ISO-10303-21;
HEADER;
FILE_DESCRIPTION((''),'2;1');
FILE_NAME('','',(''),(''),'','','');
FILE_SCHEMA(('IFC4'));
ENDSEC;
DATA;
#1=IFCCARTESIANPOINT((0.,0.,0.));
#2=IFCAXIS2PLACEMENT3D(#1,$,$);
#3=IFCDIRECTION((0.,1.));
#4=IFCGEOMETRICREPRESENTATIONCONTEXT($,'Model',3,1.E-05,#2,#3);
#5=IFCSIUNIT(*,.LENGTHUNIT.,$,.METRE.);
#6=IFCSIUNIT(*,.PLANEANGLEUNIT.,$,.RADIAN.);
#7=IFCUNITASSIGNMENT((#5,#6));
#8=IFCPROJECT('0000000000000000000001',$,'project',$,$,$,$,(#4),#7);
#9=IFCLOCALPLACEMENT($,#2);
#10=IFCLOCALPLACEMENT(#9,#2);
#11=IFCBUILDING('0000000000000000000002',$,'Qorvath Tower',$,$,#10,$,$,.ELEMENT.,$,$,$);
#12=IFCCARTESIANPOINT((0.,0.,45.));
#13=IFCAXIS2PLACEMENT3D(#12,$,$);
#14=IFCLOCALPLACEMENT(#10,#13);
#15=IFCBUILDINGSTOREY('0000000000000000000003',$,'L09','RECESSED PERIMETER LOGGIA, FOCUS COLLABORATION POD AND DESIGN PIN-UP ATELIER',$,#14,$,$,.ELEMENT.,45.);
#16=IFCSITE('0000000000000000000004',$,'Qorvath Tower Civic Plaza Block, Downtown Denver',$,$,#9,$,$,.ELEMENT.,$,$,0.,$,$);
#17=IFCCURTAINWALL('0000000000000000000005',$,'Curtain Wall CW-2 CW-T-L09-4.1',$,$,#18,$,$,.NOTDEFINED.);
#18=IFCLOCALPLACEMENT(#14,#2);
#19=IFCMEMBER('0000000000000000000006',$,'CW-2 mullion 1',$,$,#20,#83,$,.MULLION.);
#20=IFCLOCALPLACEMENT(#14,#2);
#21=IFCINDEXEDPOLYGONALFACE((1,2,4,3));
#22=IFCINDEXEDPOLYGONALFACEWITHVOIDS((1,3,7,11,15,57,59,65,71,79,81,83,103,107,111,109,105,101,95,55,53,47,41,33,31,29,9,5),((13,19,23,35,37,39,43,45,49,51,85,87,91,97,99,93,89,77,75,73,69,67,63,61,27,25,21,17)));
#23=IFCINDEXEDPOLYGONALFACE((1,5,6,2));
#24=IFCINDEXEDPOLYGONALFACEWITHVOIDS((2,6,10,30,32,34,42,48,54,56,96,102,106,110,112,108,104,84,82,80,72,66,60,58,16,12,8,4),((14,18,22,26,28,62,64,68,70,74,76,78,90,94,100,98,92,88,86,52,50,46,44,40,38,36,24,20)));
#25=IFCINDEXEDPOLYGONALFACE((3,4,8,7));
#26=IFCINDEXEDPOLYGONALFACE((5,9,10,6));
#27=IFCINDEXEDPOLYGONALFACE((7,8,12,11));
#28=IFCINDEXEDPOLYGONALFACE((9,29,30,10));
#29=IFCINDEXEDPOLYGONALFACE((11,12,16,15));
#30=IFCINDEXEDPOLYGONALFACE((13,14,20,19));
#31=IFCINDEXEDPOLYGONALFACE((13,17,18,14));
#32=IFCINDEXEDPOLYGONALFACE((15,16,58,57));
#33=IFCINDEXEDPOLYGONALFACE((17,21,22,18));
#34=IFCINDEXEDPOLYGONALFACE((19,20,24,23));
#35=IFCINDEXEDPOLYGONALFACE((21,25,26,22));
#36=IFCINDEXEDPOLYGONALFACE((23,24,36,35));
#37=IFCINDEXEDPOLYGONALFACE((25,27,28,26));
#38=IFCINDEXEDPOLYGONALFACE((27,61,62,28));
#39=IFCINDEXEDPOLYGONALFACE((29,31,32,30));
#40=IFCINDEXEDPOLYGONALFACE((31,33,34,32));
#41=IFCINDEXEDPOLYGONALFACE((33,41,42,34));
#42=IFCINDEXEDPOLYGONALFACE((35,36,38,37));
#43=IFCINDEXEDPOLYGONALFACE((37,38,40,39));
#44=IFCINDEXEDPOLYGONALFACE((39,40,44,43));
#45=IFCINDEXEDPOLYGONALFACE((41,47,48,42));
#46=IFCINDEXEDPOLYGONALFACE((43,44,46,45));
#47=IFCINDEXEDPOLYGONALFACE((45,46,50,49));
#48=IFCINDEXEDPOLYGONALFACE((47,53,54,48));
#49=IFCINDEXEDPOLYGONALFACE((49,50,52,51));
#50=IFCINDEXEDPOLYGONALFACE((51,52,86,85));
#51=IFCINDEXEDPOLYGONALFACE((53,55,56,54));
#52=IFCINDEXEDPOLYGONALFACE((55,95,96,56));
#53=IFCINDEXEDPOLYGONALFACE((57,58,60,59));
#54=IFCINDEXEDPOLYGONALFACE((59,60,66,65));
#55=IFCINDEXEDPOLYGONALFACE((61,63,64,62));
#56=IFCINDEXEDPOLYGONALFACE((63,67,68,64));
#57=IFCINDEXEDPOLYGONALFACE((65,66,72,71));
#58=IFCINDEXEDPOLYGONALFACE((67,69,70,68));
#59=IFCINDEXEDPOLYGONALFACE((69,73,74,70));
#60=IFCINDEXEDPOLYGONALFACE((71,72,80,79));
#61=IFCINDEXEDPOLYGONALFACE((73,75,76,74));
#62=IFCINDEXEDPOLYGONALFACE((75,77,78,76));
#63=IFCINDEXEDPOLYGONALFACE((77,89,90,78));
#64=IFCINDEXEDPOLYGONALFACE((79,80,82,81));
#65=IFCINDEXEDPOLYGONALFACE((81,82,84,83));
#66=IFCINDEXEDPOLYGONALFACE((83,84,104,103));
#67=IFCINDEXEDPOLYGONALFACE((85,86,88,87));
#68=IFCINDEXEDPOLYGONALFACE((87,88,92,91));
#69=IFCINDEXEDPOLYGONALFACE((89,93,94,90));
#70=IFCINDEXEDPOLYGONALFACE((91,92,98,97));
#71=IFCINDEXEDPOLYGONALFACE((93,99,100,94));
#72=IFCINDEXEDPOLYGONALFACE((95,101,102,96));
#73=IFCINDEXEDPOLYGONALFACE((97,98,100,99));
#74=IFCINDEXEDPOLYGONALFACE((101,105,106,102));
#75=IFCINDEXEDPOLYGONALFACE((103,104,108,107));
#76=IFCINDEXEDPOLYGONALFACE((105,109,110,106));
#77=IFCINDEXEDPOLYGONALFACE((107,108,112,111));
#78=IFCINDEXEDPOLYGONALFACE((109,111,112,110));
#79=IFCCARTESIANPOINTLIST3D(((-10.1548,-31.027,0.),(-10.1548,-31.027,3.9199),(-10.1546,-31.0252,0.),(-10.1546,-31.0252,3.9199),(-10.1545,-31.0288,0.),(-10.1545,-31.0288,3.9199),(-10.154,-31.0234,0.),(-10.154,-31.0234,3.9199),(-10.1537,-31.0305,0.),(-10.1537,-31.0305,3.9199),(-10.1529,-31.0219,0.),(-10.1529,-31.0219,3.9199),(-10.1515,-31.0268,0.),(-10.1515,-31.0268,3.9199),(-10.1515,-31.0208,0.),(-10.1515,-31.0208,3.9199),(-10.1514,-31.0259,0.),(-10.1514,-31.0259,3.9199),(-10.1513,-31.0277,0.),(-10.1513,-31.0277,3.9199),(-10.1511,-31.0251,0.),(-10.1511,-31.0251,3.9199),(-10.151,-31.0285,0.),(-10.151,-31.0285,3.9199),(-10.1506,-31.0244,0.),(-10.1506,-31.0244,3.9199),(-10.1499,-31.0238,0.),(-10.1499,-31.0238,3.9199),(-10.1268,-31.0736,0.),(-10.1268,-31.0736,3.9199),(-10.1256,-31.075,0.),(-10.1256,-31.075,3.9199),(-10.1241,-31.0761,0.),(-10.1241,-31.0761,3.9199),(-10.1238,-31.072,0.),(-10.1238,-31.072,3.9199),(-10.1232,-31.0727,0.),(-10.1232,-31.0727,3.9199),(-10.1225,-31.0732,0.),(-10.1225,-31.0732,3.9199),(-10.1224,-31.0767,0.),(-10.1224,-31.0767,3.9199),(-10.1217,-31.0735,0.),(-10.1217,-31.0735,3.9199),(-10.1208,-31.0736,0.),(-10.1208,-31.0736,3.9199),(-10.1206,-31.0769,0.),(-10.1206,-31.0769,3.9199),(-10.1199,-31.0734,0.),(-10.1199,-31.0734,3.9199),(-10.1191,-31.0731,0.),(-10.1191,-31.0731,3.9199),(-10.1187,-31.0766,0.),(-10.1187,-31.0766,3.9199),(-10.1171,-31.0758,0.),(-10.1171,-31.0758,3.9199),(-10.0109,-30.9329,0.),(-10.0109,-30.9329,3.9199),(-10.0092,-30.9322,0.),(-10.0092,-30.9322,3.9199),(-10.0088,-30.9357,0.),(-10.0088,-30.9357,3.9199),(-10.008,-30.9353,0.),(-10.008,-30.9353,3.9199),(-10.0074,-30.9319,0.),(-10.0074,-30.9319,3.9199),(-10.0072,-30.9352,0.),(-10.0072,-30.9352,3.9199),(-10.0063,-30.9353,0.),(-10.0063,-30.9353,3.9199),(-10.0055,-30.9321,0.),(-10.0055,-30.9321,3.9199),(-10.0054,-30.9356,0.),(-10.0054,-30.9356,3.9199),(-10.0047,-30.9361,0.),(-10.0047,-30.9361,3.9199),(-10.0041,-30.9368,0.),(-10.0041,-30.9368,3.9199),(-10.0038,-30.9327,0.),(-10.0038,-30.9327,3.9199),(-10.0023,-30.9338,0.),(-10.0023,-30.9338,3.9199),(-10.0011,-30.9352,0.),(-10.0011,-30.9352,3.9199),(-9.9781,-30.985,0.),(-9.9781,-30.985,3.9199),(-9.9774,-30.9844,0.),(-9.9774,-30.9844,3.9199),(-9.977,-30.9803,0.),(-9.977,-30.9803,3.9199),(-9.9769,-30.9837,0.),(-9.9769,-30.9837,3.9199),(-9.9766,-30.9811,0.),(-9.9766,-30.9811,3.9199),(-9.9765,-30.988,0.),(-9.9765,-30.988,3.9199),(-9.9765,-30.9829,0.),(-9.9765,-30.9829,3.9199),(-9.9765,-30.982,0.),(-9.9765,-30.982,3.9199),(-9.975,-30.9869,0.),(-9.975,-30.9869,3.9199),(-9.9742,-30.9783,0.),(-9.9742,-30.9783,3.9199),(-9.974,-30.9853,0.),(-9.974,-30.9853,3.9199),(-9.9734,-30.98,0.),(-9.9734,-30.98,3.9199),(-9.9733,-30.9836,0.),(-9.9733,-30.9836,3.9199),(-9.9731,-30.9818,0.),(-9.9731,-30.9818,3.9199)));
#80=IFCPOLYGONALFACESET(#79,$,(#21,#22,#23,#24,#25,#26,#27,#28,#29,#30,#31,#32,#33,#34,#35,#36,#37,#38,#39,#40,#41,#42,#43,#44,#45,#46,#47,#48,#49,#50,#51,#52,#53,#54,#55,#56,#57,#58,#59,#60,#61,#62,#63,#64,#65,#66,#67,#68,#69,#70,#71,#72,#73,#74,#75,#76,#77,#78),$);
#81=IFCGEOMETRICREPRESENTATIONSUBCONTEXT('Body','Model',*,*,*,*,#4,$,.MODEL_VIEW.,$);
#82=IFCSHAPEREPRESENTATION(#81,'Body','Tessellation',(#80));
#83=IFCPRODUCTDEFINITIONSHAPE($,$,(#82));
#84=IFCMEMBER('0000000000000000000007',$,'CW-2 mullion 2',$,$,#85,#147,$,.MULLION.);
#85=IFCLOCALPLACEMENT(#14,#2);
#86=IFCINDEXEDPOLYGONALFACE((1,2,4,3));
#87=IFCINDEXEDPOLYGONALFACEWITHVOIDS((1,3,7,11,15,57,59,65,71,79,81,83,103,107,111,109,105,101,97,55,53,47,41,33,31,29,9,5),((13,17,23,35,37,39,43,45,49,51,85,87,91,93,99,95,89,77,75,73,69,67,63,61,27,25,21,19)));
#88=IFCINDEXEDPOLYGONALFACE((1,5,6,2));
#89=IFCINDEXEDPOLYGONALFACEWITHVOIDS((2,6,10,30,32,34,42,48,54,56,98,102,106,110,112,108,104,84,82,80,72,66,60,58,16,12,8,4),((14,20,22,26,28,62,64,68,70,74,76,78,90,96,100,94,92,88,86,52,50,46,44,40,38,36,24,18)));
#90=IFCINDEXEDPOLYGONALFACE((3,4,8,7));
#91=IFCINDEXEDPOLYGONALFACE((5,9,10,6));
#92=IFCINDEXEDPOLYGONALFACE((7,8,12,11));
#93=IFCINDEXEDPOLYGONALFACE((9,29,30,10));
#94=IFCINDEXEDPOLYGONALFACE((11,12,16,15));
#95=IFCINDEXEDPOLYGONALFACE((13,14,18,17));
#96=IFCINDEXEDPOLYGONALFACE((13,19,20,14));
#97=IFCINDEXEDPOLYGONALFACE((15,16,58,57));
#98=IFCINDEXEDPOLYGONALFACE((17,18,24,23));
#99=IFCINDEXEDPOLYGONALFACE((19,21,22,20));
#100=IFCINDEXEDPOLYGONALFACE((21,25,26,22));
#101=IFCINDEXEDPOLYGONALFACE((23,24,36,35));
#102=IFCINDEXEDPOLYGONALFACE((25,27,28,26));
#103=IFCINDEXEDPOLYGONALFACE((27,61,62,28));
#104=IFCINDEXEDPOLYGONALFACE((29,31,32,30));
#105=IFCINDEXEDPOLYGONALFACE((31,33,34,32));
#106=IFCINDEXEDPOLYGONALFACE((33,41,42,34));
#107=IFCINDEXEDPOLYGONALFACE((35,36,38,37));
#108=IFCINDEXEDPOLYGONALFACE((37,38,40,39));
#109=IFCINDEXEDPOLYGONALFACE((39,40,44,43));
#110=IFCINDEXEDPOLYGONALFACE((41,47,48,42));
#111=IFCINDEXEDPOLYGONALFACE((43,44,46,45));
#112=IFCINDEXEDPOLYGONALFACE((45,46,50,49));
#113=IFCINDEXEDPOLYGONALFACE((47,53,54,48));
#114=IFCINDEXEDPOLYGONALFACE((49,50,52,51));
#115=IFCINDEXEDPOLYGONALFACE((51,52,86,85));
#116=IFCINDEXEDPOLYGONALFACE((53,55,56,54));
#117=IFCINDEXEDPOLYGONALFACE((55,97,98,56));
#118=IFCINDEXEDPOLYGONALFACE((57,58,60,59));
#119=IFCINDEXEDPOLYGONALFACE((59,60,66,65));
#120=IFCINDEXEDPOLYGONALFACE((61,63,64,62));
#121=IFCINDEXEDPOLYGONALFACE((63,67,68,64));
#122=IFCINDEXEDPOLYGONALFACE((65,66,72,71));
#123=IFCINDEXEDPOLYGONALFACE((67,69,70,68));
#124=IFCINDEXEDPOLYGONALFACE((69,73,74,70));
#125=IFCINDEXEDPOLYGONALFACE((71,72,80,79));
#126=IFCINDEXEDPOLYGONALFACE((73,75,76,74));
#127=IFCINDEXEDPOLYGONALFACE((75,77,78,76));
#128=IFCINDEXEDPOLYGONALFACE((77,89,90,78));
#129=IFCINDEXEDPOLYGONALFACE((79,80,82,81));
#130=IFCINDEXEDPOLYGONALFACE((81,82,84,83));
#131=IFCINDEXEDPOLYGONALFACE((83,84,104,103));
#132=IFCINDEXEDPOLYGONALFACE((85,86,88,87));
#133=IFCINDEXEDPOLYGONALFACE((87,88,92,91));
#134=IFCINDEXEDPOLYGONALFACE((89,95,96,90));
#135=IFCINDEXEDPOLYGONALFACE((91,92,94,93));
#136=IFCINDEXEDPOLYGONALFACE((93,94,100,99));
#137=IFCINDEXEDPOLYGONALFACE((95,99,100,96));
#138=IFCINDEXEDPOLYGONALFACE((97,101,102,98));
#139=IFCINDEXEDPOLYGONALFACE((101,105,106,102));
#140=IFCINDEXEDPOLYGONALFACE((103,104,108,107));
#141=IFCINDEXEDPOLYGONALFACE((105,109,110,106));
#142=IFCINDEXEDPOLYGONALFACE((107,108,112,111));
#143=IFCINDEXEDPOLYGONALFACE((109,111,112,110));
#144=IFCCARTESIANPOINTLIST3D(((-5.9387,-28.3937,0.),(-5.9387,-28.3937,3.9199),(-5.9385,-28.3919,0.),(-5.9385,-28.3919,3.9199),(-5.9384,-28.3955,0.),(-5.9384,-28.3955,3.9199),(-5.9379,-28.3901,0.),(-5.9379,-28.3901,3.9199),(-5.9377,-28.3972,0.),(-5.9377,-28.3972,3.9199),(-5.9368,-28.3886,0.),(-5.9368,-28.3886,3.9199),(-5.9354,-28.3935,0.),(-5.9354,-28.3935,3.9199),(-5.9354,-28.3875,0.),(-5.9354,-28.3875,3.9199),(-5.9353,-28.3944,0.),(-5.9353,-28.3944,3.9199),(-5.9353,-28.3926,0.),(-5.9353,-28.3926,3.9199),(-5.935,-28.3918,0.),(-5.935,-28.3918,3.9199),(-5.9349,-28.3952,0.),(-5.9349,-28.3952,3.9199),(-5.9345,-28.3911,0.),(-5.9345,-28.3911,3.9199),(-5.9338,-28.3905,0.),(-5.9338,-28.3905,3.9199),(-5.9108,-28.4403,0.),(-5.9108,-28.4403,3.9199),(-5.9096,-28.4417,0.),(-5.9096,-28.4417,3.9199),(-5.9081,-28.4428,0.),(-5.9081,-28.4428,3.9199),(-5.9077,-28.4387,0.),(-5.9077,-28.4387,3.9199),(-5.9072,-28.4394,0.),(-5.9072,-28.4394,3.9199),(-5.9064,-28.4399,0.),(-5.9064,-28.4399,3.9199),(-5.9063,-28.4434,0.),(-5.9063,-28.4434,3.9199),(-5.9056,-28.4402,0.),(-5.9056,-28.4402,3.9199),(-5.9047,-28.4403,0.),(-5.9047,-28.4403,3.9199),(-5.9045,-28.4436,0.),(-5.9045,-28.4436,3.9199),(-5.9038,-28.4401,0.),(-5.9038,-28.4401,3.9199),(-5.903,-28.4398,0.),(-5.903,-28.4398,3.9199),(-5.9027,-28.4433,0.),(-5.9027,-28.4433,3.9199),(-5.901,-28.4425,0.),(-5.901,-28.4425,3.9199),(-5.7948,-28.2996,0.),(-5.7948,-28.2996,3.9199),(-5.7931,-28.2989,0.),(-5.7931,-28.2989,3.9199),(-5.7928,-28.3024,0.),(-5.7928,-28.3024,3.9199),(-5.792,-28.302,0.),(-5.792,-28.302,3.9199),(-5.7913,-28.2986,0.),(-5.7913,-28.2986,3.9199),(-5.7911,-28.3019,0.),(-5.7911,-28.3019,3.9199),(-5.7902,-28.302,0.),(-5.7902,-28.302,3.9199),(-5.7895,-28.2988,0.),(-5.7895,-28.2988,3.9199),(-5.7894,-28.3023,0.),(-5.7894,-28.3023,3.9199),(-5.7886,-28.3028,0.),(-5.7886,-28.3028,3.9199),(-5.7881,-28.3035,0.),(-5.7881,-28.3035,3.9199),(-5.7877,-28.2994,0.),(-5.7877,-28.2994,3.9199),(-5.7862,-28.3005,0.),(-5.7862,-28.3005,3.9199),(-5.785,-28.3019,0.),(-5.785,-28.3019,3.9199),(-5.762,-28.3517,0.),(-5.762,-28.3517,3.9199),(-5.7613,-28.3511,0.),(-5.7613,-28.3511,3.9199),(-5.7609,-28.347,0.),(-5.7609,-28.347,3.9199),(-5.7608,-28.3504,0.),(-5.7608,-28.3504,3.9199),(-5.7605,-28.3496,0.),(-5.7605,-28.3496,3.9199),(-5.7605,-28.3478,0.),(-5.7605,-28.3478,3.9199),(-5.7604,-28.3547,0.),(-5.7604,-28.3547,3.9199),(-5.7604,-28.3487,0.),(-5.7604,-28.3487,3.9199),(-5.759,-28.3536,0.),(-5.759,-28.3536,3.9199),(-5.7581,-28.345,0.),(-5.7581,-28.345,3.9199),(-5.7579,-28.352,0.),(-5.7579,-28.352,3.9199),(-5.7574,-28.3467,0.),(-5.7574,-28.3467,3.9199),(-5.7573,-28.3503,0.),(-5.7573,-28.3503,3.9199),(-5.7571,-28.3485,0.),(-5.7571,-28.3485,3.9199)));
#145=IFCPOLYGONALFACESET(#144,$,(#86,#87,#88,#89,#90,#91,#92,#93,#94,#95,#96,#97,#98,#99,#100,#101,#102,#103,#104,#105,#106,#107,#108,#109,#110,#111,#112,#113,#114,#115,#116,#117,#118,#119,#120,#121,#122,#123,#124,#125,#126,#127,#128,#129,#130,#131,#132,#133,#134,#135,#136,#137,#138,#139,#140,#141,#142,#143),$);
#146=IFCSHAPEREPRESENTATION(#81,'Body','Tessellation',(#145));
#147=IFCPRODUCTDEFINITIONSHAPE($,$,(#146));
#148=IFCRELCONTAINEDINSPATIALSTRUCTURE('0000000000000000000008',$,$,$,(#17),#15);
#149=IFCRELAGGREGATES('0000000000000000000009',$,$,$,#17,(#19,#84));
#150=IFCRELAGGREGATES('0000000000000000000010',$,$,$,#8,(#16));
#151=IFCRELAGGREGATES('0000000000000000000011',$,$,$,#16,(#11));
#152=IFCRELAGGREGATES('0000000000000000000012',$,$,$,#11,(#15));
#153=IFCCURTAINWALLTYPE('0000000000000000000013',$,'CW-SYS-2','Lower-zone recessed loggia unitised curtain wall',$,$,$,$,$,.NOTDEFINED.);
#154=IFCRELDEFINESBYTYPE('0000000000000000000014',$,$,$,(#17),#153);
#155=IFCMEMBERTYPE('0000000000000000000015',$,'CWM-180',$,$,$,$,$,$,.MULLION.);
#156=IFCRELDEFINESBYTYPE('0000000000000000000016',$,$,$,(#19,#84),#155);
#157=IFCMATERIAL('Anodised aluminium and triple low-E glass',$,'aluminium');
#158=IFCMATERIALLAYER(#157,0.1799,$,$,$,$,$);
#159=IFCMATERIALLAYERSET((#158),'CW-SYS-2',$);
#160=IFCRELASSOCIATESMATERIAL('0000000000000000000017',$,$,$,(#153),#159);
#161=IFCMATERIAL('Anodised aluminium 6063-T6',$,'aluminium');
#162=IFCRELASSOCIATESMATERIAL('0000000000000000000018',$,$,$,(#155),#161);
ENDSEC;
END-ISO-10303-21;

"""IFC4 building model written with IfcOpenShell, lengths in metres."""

from ifc_helpers import new_model, si_unit, direction, frame, origin, origin_2d, place, context, subcontext, project, spatial, hollow_rectangle, extrude, material, layer, layer_set, material_profile, profile_set, type_object, element, aggregate, save


model = new_model("IFC4")

# Units and contexts
model_context = context("Model", 3, precision=1e-05, world=origin(), true_north=direction((0.0, 1.0)))
body_context = subcontext(model_context, "Body", "Model", "MODEL_VIEW")
ifc_project = project(units=[si_unit("LENGTHUNIT", "METRE"), si_unit("PLANEANGLEUNIT", "RADIAN")], contexts=[model_context])

# Site, building, storey
site_placement = place(None, origin())
site = spatial("IfcSite", under=ifc_project, at=site_placement, Name="Qorvath Tower Civic Plaza Block, Downtown Denver", CompositionType="ELEMENT", RefElevation=0.0)
building_placement = place(site_placement, origin())
building = spatial("IfcBuilding", under=site, at=building_placement, Name="Qorvath Tower", CompositionType="ELEMENT")
storey_placement = place(building_placement, frame((0.0, 0.0, 45.0)))
storey = spatial("IfcBuildingStorey", under=building, at=storey_placement, Name="L09", Description="RECESSED PERIMETER LOGGIA, FOCUS COLLABORATION POD AND DESIGN PIN-UP ATELIER", CompositionType="ELEMENT", Elevation=45.0)

# Curtain wall, members
ifc_material_1 = material(Name="Anodised aluminium and triple low-E glass", Category="aluminium")
ifc_layer_1 = layer(ifc_material_1, 0.1799)
ifc_layer_set_1 = layer_set([ifc_layer_1], Name="CW-SYS-2")
curtain_wall_type = type_object("IfcCurtainWallType", Name="CW-SYS-2", Description="Lower-zone recessed loggia unitised curtain wall", PredefinedType="NOTDEFINED", material=ifc_layer_set_1)
ifc_material_2 = material(Name="Anodised aluminium 6063-T6", Category="aluminium")
ifc_material_profile_1 = material_profile(ifc_material_2, hollow_rectangle(XDim=0.0649, YDim=0.1799, WallThickness=0.0034, InnerFilletRadius=0.0034, OuterFilletRadius=0.0071, at=origin_2d()), Name="CWM 180x65")
ifc_profile_set_1 = profile_set([ifc_material_profile_1], Name="Anodised aluminium 6063-T6")
member_type_1 = type_object("IfcMemberType", Name="CWM-180", PredefinedType="MULLION", material=ifc_profile_set_1)
curtain_wall_1_placement = place(storey_placement, origin())
curtain_wall_1 = element("IfcCurtainWall", 1, at=curtain_wall_1_placement, inside=storey, type_object=curtain_wall_type, Name="Curtain Wall CW-2 CW-T-L09-4.1", PredefinedType="NOTDEFINED")
member_1_placement = place(storey_placement, frame((-10.064, -31.0044, 0.0), z_axis=(0.0, 0.0, 1.0), x_axis=(-0.529724, 0.84817, 0.0)))
member_1 = element("IfcMember", 2, at=member_1_placement, type_object=member_type_1, Name="CW-2 mullion 1", PredefinedType="MULLION", context=body_context, shape_type="SweptSolid", body=[
    extrude(hollow_rectangle(XDim=0.0649, YDim=0.1799, WallThickness=0.0034, InnerFilletRadius=0.0034, OuterFilletRadius=0.0071, at=origin_2d()), origin(), (0.0, 0.0, 1.0), 3.9199),
])
member_2_placement = place(storey_placement, frame((-5.8479, -28.3711, 0.0), z_axis=(0.0, 0.0, 1.0), x_axis=(-0.529724, 0.84817, 0.0)))
member_2 = element("IfcMember", 3, at=member_2_placement, type_object=member_type_1, Name="CW-2 mullion 2", PredefinedType="MULLION", context=body_context, shape_type="SweptSolid", body=[
    extrude(hollow_rectangle(XDim=0.0649, YDim=0.1799, WallThickness=0.0034, InnerFilletRadius=0.0034, OuterFilletRadius=0.0071, at=origin_2d()), origin(), (0.0, 0.0, 1.0), 3.9199),
])

aggregate(curtain_wall_1, [member_1, member_2])

save(model, "model.ifc")
